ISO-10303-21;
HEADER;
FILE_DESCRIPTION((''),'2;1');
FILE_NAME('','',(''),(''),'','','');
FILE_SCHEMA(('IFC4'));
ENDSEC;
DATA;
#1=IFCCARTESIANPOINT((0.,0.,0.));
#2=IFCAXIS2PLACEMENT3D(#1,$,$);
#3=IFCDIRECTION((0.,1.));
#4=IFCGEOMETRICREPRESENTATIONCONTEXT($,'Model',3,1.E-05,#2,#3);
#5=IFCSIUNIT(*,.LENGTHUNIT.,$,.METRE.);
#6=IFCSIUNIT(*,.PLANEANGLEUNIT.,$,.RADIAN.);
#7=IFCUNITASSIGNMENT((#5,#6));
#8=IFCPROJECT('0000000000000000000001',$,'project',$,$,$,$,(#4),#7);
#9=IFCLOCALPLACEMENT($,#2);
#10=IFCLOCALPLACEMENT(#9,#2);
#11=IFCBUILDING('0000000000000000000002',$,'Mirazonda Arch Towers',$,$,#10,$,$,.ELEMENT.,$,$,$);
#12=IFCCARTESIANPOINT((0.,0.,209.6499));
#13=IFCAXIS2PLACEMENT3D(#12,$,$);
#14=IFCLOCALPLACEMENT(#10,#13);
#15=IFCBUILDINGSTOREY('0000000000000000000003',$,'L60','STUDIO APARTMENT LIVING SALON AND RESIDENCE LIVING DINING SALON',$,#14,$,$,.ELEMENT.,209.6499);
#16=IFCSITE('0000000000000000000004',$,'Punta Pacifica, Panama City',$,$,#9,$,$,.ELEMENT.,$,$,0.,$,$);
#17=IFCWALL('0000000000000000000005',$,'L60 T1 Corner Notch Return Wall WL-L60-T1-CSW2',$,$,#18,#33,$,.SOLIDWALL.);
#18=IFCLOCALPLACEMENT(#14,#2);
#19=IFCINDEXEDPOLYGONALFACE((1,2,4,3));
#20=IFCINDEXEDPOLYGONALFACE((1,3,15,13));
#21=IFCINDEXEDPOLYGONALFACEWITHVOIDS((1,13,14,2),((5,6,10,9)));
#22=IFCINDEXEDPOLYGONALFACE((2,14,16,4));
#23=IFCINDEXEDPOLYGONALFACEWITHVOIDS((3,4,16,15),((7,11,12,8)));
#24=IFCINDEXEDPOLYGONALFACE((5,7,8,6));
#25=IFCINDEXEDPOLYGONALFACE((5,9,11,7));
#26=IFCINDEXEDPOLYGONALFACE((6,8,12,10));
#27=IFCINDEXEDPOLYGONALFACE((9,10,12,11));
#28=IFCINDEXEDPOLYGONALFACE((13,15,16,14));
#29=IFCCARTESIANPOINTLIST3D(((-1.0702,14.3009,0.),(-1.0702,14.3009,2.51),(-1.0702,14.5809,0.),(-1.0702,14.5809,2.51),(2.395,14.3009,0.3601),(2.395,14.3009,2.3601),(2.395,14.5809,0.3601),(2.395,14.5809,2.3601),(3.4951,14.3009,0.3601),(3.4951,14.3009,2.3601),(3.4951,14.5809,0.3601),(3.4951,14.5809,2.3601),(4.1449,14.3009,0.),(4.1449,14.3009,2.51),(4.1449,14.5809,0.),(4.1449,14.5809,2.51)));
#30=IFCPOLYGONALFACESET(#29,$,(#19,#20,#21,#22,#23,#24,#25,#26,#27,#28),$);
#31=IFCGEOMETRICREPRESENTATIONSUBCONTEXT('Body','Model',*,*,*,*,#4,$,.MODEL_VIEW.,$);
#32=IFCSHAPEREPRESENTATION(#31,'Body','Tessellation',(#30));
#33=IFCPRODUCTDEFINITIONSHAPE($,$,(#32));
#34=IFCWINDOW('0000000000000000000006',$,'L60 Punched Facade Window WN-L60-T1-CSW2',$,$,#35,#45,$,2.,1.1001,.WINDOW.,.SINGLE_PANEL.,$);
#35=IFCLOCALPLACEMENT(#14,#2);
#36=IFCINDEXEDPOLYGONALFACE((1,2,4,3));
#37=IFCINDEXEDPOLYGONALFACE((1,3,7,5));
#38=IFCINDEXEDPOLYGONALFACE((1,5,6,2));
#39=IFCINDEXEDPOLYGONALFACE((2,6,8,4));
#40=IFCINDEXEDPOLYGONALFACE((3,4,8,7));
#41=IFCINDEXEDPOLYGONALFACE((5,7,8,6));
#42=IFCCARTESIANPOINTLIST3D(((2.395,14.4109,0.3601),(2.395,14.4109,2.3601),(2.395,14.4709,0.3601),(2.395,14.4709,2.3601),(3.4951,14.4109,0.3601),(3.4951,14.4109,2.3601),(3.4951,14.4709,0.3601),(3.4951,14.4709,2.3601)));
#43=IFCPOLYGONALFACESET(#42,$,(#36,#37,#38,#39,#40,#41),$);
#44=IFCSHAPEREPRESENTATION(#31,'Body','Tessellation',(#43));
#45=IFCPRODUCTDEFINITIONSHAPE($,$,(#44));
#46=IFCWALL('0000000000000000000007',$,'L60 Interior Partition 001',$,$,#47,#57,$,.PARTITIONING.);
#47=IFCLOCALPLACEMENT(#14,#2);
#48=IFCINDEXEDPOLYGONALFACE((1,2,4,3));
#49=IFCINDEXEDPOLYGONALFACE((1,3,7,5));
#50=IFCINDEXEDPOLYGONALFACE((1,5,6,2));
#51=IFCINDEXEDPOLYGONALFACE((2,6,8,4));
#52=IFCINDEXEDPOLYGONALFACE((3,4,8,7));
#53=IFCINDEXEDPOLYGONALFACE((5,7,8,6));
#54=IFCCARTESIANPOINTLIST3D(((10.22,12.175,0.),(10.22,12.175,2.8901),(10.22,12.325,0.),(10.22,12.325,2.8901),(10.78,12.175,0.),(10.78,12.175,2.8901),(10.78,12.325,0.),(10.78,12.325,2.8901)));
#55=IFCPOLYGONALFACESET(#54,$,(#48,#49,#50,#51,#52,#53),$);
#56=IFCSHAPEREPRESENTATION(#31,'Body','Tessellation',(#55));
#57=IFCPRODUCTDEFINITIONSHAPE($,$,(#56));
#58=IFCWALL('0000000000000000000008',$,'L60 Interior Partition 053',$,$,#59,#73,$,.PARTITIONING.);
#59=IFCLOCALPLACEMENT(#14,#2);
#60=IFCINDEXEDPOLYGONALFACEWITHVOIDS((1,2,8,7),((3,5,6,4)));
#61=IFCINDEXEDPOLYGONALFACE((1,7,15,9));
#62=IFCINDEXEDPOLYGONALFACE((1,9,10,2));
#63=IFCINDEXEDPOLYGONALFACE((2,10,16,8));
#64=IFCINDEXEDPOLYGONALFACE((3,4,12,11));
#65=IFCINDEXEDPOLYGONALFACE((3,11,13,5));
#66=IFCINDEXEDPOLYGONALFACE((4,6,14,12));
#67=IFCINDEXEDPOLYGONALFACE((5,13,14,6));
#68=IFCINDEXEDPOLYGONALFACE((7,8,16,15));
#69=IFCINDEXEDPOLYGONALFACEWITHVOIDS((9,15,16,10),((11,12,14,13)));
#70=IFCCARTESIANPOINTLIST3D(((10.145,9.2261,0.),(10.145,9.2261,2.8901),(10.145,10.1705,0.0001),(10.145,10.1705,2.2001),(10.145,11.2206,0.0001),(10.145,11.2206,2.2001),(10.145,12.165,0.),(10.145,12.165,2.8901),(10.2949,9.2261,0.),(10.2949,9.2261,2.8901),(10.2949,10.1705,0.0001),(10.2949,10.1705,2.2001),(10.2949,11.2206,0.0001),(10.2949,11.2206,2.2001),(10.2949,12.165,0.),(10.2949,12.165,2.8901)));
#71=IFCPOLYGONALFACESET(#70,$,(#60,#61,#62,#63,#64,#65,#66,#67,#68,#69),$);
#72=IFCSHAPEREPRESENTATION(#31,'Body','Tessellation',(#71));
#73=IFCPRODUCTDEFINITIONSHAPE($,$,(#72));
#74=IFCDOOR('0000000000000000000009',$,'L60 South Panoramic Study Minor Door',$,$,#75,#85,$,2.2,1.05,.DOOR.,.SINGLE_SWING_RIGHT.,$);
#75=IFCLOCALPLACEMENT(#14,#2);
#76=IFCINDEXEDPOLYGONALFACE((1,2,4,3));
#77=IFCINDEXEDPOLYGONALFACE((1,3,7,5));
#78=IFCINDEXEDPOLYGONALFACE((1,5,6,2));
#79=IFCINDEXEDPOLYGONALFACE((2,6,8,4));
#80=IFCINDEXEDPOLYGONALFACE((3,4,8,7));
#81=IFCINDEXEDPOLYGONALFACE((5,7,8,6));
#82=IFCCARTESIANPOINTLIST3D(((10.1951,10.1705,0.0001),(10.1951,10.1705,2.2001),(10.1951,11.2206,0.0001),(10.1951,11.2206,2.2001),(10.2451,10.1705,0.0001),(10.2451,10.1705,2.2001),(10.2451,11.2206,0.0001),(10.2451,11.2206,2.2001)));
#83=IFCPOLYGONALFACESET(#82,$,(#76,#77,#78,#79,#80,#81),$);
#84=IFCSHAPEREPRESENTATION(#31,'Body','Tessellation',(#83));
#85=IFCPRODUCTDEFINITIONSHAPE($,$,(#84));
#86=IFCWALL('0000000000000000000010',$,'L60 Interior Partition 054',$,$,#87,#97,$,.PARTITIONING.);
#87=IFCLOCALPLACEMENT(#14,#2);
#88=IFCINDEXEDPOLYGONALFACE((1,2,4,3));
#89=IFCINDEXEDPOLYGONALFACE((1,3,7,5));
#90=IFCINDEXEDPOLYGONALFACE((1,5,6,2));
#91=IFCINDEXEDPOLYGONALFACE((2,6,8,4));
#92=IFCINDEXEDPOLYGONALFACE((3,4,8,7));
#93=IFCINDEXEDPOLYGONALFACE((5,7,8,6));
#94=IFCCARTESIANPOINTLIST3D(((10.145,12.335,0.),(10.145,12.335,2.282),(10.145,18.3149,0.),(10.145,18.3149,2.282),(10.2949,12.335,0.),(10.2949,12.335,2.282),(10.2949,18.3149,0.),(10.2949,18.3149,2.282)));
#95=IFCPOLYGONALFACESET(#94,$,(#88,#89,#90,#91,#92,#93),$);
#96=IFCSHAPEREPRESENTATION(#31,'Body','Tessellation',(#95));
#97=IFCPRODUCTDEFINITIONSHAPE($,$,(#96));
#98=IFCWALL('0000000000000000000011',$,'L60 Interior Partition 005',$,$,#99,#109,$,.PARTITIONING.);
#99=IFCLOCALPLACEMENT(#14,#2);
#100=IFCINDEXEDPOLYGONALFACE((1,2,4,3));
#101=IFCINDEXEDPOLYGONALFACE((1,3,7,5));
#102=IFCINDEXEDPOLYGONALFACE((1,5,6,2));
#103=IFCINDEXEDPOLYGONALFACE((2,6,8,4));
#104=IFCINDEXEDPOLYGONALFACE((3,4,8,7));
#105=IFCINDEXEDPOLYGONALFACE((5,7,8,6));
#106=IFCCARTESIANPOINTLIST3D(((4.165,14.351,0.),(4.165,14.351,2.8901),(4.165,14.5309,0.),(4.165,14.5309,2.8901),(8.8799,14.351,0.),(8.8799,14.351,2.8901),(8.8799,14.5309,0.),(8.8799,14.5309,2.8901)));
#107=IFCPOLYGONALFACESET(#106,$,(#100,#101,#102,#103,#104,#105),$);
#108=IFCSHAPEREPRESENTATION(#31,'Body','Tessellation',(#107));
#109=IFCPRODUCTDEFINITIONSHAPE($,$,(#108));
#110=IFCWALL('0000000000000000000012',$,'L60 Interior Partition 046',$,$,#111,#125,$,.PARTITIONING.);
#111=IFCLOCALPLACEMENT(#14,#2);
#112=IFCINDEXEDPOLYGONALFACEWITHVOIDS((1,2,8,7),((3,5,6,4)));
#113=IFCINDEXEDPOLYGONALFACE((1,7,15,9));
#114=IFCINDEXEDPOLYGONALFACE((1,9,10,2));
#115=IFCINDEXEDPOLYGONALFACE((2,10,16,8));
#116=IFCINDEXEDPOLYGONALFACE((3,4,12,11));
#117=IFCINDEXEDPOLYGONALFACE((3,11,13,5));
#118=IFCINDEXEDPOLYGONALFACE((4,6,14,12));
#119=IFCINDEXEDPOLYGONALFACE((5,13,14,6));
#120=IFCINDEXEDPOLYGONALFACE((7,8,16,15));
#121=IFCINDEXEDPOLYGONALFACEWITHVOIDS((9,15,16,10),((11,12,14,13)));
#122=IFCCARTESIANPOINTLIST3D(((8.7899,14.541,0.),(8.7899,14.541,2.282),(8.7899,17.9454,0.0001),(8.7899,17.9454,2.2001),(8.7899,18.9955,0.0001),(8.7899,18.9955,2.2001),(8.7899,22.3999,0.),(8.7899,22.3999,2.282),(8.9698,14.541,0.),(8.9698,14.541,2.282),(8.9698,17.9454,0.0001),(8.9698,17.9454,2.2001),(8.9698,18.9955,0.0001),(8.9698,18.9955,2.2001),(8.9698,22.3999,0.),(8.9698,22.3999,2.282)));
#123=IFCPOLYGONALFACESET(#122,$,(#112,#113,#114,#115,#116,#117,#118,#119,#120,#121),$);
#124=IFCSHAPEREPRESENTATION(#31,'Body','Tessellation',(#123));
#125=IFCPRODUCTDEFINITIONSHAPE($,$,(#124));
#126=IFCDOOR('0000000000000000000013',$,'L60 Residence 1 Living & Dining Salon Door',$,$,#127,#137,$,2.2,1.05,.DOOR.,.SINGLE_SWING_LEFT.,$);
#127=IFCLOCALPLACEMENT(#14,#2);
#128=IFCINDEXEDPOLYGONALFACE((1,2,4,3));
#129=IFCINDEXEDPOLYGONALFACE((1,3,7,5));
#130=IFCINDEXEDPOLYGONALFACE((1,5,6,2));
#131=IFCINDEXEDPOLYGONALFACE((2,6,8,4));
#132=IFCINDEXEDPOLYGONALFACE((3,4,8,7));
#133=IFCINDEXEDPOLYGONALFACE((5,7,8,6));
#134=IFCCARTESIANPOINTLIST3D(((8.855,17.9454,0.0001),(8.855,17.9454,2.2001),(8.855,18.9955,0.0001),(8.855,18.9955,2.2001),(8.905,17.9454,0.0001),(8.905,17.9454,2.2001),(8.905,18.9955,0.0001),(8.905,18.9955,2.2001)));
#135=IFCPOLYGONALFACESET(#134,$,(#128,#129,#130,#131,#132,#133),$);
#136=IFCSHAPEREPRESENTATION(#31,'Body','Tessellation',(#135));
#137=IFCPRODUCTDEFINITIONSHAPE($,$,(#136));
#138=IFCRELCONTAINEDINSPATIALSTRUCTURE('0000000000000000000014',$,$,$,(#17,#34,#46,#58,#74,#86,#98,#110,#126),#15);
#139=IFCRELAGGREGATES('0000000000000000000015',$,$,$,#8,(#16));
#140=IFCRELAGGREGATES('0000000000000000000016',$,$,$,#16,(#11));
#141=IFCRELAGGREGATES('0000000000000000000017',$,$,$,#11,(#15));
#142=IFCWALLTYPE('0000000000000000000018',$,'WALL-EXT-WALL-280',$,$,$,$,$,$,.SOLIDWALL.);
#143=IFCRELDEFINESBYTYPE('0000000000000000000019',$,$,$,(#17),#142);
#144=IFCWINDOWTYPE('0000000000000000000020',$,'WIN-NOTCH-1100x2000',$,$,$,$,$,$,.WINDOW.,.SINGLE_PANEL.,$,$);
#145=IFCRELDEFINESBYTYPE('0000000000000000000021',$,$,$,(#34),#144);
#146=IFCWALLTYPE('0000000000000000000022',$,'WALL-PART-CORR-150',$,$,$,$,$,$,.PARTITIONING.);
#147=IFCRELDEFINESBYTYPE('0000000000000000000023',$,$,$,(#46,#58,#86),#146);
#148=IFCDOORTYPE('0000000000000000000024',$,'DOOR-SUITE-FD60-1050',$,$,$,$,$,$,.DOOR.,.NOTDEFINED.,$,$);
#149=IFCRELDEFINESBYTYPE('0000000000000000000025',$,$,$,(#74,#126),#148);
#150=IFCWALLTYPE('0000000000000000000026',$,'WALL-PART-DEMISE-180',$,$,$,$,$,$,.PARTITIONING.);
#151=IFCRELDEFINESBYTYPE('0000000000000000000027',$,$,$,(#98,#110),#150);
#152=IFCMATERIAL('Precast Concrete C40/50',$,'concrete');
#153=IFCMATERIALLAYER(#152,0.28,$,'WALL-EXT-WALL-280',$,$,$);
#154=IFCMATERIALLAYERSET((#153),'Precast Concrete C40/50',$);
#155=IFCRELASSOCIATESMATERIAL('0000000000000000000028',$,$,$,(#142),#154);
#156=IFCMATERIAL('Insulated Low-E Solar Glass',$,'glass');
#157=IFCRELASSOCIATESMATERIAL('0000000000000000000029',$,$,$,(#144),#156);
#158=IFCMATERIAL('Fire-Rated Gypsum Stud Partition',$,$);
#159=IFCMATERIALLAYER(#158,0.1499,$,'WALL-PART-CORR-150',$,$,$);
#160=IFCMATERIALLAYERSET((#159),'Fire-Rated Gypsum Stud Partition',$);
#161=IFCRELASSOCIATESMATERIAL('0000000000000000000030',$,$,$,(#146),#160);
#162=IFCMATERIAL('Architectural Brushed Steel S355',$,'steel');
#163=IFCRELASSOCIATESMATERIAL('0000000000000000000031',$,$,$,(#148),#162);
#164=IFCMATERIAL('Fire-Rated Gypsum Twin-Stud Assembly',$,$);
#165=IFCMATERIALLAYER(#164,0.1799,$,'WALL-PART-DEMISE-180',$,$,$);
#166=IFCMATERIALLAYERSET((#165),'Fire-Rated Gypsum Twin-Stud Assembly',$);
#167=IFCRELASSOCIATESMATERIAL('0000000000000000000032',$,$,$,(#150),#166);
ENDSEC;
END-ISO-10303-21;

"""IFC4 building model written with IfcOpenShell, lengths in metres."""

from ifc_helpers import new_model, si_unit, direction, frame, frame_2d, origin, place, context, subcontext, project, spatial, rectangle, extrude, material, layer, layer_set, type_object, element, fill, save


model = new_model("IFC4")

# Units and contexts
model_context = context("Model", 3, precision=1e-05, world=origin(), true_north=direction((0.0, 1.0)))
body_context = subcontext(model_context, "Body", "Model", "MODEL_VIEW")
ifc_project = project(units=[si_unit("LENGTHUNIT", "METRE"), si_unit("PLANEANGLEUNIT", "RADIAN")], contexts=[model_context])

# Site, building, storey
site_placement = place(None, origin())
site = spatial("IfcSite", under=ifc_project, at=site_placement, Name="Punta Pacifica, Panama City", CompositionType="ELEMENT", RefElevation=0.0)
building_placement = place(site_placement, origin())
building = spatial("IfcBuilding", under=site, at=building_placement, Name="Mirazonda Arch Towers", CompositionType="ELEMENT")
storey_placement = place(building_placement, frame((0.0, 0.0, 209.6499)))
storey = spatial("IfcBuildingStorey", under=building, at=storey_placement, Name="L60", Description="STUDIO APARTMENT LIVING SALON AND RESIDENCE LIVING DINING SALON", CompositionType="ELEMENT", Elevation=209.6499)

# Shared definitions
ifc_material_1 = material(Name="Insulated Low-E Solar Glass", Category="glass")

# Shared definitions
ifc_material_2 = material(Name="Precast Concrete C40/50", Category="concrete")
ifc_layer_1 = layer(ifc_material_2, 0.28, Name="WALL-EXT-WALL-280")
ifc_layer_set_1 = layer_set([ifc_layer_1], Name="Precast Concrete C40/50")
wall_type_1 = type_object("IfcWallType", Name="WALL-EXT-WALL-280", PredefinedType="SOLIDWALL", material=ifc_layer_set_1)

# Wall, opening, window
wall_1_placement = place(storey_placement, frame((-1.0701, 14.4409, 0.0), z_axis=(0.0, 0.0, 1.0), x_axis=(1.0, 0.0, 0.0)))
wall_1 = element("IfcWall", 1, at=wall_1_placement, inside=storey, type_object=wall_type_1, Name="L60 T1 Corner Notch Return Wall WL-L60-T1-CSW2", PredefinedType="SOLIDWALL", context=body_context, shape_type="SweptSolid", body=[
    extrude(rectangle(XDim=5.2151, YDim=0.28, at=frame_2d((2.6074, 0.0))), origin(), (0.0, 0.0, 1.0), 2.51),
])
opening_1_placement = place(wall_1_placement, frame((3.4651, 0.0, 0.3601)))
opening_1 = element("IfcOpeningElement", 2, at=opening_1_placement, cuts=wall_1, PredefinedType="OPENING", context=body_context, shape_type="SweptSolid", body=[
    extrude(rectangle(XDim=1.1001, YDim=2.0, at=frame_2d((0.55, 1.0))), frame((0.0, 0.1499, 0.0), z_axis=(0.0, -1.0, 0.0), x_axis=(1.0, 0.0, 0.0)), (0.0, 0.0, 1.0), 0.3),
])
window_type = type_object("IfcWindowType", Name="WIN-NOTCH-1100x2000", PartitioningType="SINGLE_PANEL", PredefinedType="WINDOW", material=ifc_material_1)
window_placement = place(opening_1_placement, origin())
window = element("IfcWindow", 3, at=window_placement, inside=storey, type_object=window_type, Name="L60 Punched Facade Window WN-L60-T1-CSW2", OverallHeight=2.0, OverallWidth=1.1001, PartitioningType="SINGLE_PANEL", PredefinedType="WINDOW", context=body_context, shape_type="SweptSolid", body=[
    extrude(rectangle(XDim=1.1001, YDim=2.0, at=frame_2d((0.55, 1.0))), frame((0.0, 0.03, 0.0), z_axis=(0.0, -1.0, 0.0), x_axis=(1.0, 0.0, 0.0)), (0.0, 0.0, 1.0), 0.0601),
])
fill(opening_1, window)

# Wall
ifc_material_3 = material(Name="Fire-Rated Gypsum Stud Partition")
ifc_layer_2 = layer(ifc_material_3, 0.1499, Name="WALL-PART-CORR-150")
ifc_layer_set_2 = layer_set([ifc_layer_2], Name="Fire-Rated Gypsum Stud Partition")
wall_type_2 = type_object("IfcWallType", Name="WALL-PART-CORR-150", PredefinedType="PARTITIONING", material=ifc_layer_set_2)
wall_2_placement = place(storey_placement, frame((10.22, 12.25, 0.0), z_axis=(0.0, 0.0, 1.0), x_axis=(1.0, 0.0, 0.0)))
element("IfcWall", 4, at=wall_2_placement, inside=storey, type_object=wall_type_2, Name="L60 Interior Partition 001", PredefinedType="PARTITIONING", context=body_context, shape_type="SweptSolid", body=[
    extrude(rectangle(XDim=0.5601, YDim=0.1499, at=frame_2d((0.28, 0.0))), origin(), (0.0, 0.0, 1.0), 2.8901),
])

# Wall, opening, door
wall_3_placement = place(storey_placement, frame((10.22, 9.2261, 0.0), z_axis=(0.0, 0.0, 1.0), x_axis=(0.0, 1.0, 0.0)))
wall_3 = element("IfcWall", 5, at=wall_3_placement, inside=storey, type_object=wall_type_2, Name="L60 Interior Partition 053", PredefinedType="PARTITIONING", context=body_context, shape_type="SweptSolid", body=[
    extrude(rectangle(XDim=2.939, YDim=0.1499, at=frame_2d((1.4695, 0.0))), origin(), (0.0, 0.0, 1.0), 2.8901),
])
opening_2_placement = place(wall_3_placement, frame((0.9446, 0.0, 0.0)))
opening_2 = element("IfcOpeningElement", 6, at=opening_2_placement, cuts=wall_3, PredefinedType="OPENING", context=body_context, shape_type="SweptSolid", body=[
    extrude(rectangle(XDim=1.05, YDim=2.2, at=frame_2d((0.5249, 1.1001))), frame((0.0, 0.085, 0.0), z_axis=(0.0, -1.0, 0.0), x_axis=(1.0, 0.0, 0.0)), (0.0, 0.0, 1.0), 0.1699),
])
ifc_material_4 = material(Name="Architectural Brushed Steel S355", Category="steel")
door_type_1 = type_object("IfcDoorType", Name="DOOR-SUITE-FD60-1050", OperationType="NOTDEFINED", PredefinedType="DOOR", material=ifc_material_4)
door_1_placement = place(opening_2_placement, origin())
door_1 = element("IfcDoor", 7, at=door_1_placement, inside=storey, type_object=door_type_1, Name="L60 South Panoramic Study Minor Door", OperationType="SINGLE_SWING_RIGHT", OverallHeight=2.2, OverallWidth=1.05, PredefinedType="DOOR", context=body_context, shape_type="SweptSolid", body=[
    extrude(rectangle(XDim=1.05, YDim=2.2, at=frame_2d((0.5249, 1.1001))), frame((0.0, 0.0249, 0.0), z_axis=(0.0, -1.0, 0.0), x_axis=(1.0, 0.0, 0.0)), (0.0, 0.0, 1.0), 0.05),
])
fill(opening_2, door_1)

# Walls
wall_4_placement = place(storey_placement, frame((10.22, 12.335, 0.0), z_axis=(0.0, 0.0, 1.0), x_axis=(0.0, 1.0, 0.0)))
element("IfcWall", 8, at=wall_4_placement, inside=storey, type_object=wall_type_2, Name="L60 Interior Partition 054", PredefinedType="PARTITIONING", context=body_context, shape_type="SweptSolid", body=[
    extrude(rectangle(XDim=5.98, YDim=0.1499, at=frame_2d((2.99, 0.0))), origin(), (0.0, 0.0, 1.0), 2.282),
])
ifc_material_5 = material(Name="Fire-Rated Gypsum Twin-Stud Assembly")
ifc_layer_3 = layer(ifc_material_5, 0.1799, Name="WALL-PART-DEMISE-180")
ifc_layer_set_3 = layer_set([ifc_layer_3], Name="Fire-Rated Gypsum Twin-Stud Assembly")
wall_type_3 = type_object("IfcWallType", Name="WALL-PART-DEMISE-180", PredefinedType="PARTITIONING", material=ifc_layer_set_3)
wall_5_placement = place(storey_placement, frame((4.165, 14.4409, 0.0), z_axis=(0.0, 0.0, 1.0), x_axis=(1.0, 0.0, 0.0)))
element("IfcWall", 9, at=wall_5_placement, inside=storey, type_object=wall_type_3, Name="L60 Interior Partition 005", PredefinedType="PARTITIONING", context=body_context, shape_type="SweptSolid", body=[
    extrude(rectangle(XDim=4.7148, YDim=0.1799, at=frame_2d((2.3574, 0.0))), origin(), (0.0, 0.0, 1.0), 2.8901),
])

# Wall, opening, door
wall_6_placement = place(storey_placement, frame((8.8799, 14.541, 0.0), z_axis=(0.0, 0.0, 1.0), x_axis=(0.0, 1.0, 0.0)))
wall_6 = element("IfcWall", 10, at=wall_6_placement, inside=storey, type_object=wall_type_3, Name="L60 Interior Partition 046", PredefinedType="PARTITIONING", context=body_context, shape_type="SweptSolid", body=[
    extrude(rectangle(XDim=7.8589, YDim=0.1799, at=frame_2d((3.9294, 0.0))), origin(), (0.0, 0.0, 1.0), 2.282),
])
opening_3_placement = place(wall_6_placement, frame((3.4045, 0.0, 0.0)))
opening_3 = element("IfcOpeningElement", 11, at=opening_3_placement, cuts=wall_6, PredefinedType="OPENING", context=body_context, shape_type="SweptSolid", body=[
    extrude(rectangle(XDim=1.05, YDim=2.2, at=frame_2d((0.5249, 1.1001))), frame((0.0, 0.0999, 0.0), z_axis=(0.0, -1.0, 0.0), x_axis=(1.0, 0.0, 0.0)), (0.0, 0.0, 1.0), 0.2),
])
door_2_placement = place(opening_3_placement, origin())
door_2 = element("IfcDoor", 12, at=door_2_placement, inside=storey, type_object=door_type_1, Name="L60 Residence 1 Living & Dining Salon Door", OperationType="SINGLE_SWING_LEFT", OverallHeight=2.2, OverallWidth=1.05, PredefinedType="DOOR", context=body_context, shape_type="SweptSolid", body=[
    extrude(rectangle(XDim=1.05, YDim=2.2, at=frame_2d((0.5249, 1.1001))), frame((0.0, 0.0249, 0.0), z_axis=(0.0, -1.0, 0.0), x_axis=(1.0, 0.0, 0.0)), (0.0, 0.0, 1.0), 0.05),
])
fill(opening_3, door_2)

save(model, "model.ifc")
